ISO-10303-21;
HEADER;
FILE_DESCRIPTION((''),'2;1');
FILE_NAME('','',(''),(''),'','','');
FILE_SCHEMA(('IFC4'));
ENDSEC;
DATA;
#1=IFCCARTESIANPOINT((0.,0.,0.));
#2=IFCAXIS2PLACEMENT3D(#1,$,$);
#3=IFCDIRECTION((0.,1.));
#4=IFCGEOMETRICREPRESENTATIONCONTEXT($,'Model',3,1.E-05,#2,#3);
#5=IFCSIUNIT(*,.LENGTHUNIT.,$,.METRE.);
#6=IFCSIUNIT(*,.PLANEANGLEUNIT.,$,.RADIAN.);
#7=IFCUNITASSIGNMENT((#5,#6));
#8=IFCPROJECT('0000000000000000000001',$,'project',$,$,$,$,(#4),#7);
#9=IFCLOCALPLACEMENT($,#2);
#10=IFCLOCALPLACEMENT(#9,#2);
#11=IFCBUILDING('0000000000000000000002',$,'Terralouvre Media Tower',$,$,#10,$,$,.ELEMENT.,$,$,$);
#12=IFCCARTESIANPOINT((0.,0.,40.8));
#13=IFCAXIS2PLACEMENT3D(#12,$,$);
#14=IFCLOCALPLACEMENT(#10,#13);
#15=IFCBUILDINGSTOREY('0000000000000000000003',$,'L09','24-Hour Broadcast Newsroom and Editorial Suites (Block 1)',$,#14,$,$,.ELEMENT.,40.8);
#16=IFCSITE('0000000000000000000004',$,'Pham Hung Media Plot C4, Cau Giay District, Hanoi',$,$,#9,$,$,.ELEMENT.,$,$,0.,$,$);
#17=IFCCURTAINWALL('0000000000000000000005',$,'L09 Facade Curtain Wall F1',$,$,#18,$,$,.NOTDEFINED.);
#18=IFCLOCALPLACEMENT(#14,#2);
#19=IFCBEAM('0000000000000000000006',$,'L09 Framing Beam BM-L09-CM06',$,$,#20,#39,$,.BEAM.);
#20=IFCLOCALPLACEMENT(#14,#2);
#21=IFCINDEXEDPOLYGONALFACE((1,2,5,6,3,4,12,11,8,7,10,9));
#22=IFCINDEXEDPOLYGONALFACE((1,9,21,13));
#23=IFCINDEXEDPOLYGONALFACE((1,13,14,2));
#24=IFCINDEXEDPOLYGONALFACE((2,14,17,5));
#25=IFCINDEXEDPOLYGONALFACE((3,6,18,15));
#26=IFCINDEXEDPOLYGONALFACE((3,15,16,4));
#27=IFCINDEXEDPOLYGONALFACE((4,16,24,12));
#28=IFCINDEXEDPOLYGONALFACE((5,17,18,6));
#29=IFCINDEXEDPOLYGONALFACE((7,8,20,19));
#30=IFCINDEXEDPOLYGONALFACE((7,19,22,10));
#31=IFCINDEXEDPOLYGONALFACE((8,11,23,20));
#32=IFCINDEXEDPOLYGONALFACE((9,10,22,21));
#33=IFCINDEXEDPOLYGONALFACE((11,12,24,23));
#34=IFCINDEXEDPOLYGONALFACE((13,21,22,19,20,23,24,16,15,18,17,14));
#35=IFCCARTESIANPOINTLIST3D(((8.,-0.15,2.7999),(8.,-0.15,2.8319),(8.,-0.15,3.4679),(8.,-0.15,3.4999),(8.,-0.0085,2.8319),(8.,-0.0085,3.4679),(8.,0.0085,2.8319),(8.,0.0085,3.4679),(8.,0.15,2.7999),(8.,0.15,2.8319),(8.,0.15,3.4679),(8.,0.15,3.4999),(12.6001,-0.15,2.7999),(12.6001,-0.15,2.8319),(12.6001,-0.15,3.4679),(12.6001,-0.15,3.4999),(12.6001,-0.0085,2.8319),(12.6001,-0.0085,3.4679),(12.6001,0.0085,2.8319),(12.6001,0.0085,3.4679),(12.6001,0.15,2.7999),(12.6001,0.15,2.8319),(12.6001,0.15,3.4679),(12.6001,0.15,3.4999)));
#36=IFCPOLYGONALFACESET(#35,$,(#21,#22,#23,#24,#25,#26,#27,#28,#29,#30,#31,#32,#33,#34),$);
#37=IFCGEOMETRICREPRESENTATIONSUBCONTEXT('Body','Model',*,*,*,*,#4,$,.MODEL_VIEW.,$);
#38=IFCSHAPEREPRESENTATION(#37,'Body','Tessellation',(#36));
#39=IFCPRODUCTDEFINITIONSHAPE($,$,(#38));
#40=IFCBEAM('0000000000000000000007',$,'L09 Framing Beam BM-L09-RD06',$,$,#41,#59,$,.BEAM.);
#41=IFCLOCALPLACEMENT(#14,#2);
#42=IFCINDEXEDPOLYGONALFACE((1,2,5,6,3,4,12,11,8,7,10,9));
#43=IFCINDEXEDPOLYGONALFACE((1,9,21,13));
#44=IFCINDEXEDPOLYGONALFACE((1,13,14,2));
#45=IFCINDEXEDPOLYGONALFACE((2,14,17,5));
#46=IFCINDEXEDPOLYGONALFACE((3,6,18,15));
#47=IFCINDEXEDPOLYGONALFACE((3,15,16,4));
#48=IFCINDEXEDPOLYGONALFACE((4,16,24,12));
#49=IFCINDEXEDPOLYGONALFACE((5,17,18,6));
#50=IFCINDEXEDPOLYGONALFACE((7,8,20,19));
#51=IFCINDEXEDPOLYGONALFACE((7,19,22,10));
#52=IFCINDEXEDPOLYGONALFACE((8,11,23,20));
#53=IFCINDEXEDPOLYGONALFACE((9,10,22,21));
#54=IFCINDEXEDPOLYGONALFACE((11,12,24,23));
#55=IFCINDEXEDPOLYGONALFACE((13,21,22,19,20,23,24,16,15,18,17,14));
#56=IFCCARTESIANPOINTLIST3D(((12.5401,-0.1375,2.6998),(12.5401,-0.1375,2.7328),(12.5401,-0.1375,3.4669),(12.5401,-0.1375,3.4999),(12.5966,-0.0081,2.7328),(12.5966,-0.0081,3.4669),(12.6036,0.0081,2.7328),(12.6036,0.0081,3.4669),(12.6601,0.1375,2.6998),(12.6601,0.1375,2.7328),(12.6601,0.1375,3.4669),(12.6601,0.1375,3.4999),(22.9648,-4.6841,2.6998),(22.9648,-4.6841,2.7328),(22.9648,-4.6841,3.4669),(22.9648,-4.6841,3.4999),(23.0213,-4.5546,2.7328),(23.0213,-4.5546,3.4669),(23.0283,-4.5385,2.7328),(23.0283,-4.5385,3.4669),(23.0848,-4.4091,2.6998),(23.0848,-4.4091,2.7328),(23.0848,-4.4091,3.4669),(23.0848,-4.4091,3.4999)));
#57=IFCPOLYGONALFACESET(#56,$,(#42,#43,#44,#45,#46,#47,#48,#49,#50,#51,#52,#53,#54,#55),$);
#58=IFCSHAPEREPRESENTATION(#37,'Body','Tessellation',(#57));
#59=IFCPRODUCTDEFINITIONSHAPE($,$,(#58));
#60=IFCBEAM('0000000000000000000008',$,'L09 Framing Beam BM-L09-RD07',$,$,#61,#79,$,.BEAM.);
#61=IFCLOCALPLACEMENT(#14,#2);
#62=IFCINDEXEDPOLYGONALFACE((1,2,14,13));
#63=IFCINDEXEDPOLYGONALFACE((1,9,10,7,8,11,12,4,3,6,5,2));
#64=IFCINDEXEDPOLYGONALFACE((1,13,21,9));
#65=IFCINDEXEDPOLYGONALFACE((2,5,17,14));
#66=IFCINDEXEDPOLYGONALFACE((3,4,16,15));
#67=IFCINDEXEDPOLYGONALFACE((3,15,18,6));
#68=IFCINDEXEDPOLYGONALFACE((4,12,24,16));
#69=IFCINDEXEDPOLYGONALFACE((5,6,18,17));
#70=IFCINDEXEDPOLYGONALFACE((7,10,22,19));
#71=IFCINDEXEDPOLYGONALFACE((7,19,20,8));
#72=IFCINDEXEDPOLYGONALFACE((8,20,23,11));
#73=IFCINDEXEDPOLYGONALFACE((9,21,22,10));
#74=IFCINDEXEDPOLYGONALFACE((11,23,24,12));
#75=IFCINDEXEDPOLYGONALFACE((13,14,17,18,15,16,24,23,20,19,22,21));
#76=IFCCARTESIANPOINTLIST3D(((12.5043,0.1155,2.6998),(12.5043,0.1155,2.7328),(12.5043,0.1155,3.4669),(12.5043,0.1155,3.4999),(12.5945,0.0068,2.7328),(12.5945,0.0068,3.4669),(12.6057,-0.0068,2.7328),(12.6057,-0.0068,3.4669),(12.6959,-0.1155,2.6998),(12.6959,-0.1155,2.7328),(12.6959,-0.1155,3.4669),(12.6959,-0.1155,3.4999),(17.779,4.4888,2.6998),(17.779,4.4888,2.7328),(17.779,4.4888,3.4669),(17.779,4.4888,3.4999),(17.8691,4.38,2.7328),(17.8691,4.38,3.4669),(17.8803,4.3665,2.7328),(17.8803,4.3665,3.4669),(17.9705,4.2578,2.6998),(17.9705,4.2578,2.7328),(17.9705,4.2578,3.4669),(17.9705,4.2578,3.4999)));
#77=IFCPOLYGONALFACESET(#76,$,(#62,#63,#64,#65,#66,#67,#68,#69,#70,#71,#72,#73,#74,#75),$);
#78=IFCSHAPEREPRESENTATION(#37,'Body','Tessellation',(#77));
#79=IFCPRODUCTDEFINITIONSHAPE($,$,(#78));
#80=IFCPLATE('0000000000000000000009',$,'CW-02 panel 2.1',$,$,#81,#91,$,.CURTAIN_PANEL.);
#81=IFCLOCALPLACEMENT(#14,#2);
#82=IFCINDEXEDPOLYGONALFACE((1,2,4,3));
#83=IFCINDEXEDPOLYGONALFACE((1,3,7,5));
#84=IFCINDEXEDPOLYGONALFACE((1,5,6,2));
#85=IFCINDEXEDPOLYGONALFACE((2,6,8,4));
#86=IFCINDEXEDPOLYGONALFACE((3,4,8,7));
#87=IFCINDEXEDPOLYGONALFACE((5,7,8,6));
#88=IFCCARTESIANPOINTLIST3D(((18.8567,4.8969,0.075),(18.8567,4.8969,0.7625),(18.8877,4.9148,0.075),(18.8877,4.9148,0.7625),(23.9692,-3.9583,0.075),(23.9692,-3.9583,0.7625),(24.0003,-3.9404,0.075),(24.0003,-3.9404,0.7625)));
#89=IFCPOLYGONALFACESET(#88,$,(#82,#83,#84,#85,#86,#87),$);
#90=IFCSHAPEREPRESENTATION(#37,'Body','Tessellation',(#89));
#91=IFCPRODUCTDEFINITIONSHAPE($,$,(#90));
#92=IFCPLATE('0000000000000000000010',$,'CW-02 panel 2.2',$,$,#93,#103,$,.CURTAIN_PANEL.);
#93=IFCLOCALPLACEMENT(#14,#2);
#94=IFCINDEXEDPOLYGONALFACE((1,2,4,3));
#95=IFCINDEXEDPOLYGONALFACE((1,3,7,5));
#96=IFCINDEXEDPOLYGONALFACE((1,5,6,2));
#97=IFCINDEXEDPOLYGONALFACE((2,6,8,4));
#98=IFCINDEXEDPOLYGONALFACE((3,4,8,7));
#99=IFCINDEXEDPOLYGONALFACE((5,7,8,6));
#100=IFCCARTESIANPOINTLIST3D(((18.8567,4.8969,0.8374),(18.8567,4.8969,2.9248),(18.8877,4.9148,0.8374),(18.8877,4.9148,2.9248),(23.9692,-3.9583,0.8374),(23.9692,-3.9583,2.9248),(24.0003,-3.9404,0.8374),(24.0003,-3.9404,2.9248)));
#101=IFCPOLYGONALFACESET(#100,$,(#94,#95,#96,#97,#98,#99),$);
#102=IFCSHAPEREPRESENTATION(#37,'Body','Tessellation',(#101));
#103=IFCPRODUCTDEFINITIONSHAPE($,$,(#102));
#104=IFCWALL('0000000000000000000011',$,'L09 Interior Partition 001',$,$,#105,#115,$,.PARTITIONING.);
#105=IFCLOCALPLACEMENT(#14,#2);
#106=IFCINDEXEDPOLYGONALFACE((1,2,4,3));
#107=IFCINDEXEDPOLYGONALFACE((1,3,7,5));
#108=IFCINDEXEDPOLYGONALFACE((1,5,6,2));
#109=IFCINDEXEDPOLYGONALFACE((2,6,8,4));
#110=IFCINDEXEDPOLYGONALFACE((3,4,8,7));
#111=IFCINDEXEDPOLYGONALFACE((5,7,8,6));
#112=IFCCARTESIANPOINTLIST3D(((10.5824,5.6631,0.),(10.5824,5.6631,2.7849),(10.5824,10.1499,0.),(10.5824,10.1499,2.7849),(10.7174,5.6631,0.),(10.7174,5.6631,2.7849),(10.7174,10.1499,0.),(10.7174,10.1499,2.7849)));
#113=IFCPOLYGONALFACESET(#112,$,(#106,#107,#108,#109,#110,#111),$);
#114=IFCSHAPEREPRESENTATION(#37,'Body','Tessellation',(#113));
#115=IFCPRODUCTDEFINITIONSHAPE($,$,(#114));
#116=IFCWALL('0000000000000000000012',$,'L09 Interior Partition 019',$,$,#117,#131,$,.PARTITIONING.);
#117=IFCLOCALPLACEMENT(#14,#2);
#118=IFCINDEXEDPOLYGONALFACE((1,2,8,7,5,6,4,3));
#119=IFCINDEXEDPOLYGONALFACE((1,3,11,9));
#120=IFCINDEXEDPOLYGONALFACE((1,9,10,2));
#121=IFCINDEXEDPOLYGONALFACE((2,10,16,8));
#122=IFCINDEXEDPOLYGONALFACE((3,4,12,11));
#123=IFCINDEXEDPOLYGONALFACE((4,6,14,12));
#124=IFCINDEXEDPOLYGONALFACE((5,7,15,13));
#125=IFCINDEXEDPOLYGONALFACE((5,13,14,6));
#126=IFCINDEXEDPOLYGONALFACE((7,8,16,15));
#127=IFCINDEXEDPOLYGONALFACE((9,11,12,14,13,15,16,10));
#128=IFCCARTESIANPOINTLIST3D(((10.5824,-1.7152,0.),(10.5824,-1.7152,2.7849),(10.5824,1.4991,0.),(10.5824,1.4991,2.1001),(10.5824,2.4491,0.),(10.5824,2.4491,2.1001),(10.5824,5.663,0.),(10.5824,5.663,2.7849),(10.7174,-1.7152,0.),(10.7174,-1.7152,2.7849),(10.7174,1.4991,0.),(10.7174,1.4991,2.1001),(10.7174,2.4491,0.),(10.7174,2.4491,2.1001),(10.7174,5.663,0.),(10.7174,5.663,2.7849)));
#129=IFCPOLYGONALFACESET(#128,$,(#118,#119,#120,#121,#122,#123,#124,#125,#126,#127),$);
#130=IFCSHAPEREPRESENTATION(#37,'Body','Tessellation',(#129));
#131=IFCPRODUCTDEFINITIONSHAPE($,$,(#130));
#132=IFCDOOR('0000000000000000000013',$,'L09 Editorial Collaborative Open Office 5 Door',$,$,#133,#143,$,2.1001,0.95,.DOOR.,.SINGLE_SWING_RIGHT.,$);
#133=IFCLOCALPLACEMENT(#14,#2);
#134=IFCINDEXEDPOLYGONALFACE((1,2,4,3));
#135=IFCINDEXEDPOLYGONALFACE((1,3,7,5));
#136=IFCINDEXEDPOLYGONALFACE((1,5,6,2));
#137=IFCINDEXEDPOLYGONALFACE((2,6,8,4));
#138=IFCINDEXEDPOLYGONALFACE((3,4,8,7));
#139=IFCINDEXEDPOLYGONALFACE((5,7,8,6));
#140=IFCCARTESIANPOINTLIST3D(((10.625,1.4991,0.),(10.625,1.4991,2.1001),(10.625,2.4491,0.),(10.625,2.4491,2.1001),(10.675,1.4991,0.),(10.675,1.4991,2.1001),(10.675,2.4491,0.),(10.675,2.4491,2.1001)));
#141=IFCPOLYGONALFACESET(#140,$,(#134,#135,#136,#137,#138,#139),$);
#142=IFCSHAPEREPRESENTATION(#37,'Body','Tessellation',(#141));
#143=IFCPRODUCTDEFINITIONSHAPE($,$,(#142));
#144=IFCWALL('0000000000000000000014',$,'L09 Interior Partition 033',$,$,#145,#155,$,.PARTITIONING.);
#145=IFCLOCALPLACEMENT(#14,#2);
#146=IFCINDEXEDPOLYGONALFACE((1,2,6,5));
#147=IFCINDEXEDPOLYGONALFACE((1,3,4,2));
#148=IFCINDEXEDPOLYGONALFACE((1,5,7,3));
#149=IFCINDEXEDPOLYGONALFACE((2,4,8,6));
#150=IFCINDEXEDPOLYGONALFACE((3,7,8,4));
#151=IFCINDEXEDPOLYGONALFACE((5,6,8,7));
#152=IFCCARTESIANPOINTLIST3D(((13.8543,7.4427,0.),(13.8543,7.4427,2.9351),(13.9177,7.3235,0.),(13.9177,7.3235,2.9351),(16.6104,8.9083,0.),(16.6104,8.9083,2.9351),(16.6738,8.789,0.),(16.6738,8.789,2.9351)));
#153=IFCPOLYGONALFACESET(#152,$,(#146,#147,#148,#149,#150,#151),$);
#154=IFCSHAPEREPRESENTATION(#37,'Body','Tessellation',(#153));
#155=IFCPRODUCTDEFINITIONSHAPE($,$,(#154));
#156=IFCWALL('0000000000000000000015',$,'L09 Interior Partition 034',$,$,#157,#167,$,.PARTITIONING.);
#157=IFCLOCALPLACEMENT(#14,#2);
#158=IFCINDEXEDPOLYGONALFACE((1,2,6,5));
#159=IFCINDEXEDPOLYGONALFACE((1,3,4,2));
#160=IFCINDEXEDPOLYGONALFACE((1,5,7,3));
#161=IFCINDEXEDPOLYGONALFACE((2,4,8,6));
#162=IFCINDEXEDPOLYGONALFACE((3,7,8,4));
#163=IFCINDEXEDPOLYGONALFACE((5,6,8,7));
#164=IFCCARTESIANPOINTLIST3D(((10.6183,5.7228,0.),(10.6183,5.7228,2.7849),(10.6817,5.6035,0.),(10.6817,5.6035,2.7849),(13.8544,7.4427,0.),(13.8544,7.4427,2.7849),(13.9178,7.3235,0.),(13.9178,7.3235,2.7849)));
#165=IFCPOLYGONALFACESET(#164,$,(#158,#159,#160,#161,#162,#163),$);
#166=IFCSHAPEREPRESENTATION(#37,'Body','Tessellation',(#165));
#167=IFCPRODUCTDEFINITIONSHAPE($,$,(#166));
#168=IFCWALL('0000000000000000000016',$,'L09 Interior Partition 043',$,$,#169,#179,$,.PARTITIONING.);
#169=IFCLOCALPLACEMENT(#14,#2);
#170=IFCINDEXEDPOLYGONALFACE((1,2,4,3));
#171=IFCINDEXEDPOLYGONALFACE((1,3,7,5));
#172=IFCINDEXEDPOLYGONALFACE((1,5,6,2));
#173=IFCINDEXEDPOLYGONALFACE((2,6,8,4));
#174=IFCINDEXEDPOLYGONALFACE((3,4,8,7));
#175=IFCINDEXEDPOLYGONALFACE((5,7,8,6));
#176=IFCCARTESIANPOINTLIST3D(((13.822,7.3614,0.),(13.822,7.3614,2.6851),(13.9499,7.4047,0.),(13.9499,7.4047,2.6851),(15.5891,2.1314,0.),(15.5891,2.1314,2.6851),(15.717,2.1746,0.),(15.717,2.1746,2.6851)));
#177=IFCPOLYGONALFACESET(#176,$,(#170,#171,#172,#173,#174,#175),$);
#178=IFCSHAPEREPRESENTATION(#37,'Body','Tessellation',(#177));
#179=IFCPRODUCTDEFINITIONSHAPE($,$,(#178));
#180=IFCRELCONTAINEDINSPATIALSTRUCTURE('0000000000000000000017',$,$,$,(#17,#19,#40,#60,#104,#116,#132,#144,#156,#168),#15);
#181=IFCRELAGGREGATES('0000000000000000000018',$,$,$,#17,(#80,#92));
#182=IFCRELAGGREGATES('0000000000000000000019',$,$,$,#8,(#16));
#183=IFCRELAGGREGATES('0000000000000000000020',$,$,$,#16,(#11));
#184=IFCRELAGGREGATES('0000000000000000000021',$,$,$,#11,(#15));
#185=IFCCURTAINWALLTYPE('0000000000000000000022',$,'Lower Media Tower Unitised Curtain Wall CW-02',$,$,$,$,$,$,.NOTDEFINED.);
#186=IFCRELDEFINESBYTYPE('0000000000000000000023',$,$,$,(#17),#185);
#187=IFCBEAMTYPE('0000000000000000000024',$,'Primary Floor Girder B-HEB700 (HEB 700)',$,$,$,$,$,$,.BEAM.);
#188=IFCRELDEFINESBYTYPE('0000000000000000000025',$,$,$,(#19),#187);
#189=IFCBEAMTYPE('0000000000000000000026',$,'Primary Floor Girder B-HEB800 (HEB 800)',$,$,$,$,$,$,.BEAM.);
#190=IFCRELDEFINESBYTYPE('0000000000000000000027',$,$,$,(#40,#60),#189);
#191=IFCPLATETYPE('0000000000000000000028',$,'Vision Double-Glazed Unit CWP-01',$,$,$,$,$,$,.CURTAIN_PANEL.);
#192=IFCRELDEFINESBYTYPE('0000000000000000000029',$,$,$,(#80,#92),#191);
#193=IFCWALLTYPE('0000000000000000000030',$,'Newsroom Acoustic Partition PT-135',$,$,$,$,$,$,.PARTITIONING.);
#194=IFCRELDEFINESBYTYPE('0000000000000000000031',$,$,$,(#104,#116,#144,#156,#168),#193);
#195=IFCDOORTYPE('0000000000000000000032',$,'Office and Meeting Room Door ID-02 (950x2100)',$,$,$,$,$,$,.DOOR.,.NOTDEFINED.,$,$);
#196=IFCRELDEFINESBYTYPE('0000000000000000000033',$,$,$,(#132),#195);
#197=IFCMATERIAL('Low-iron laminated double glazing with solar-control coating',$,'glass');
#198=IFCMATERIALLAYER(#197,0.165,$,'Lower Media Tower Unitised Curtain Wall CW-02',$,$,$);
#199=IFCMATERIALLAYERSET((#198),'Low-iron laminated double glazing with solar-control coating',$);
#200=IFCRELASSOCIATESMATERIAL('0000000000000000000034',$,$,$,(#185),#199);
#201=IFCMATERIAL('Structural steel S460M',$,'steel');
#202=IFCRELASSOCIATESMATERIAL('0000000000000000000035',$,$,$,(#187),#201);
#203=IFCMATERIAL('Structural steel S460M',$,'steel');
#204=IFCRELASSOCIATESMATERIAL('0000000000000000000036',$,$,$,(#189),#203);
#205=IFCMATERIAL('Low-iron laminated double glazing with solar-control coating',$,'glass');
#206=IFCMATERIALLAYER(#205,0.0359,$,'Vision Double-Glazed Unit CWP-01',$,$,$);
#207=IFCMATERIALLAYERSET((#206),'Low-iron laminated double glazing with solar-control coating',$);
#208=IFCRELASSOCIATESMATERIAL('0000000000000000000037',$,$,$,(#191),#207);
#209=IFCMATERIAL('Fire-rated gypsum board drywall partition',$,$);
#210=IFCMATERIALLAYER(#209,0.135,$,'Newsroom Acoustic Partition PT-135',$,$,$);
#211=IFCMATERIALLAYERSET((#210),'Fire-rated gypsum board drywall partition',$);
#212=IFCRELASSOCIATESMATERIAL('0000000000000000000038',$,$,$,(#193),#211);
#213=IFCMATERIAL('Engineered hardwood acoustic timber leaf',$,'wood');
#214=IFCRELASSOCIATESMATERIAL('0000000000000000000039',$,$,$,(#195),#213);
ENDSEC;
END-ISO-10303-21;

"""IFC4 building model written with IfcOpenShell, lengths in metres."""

from ifc_helpers import new_model, si_unit, direction, frame, frame_2d, origin, origin_2d, place, context, subcontext, project, spatial, rectangle, i_section, extrude, material, layer, layer_set, material_profile, profile_set, type_object, element, fill, aggregate, save


model = new_model("IFC4")

# Units and contexts
model_context = context("Model", 3, precision=1e-05, world=origin(), true_north=direction((0.0, 1.0)))
body_context = subcontext(model_context, "Body", "Model", "MODEL_VIEW")
ifc_project = project(units=[si_unit("LENGTHUNIT", "METRE"), si_unit("PLANEANGLEUNIT", "RADIAN")], contexts=[model_context])

# Site, building, storey
site_placement = place(None, origin())
site = spatial("IfcSite", under=ifc_project, at=site_placement, Name="Pham Hung Media Plot C4, Cau Giay District, Hanoi", CompositionType="ELEMENT", RefElevation=0.0)
building_placement = place(site_placement, origin())
building = spatial("IfcBuilding", under=site, at=building_placement, Name="Terralouvre Media Tower", CompositionType="ELEMENT")
storey_placement = place(building_placement, frame((0.0, 0.0, 40.8)))
storey = spatial("IfcBuildingStorey", under=building, at=storey_placement, Name="L09", Description="24-Hour Broadcast Newsroom and Editorial Suites (Block 1)", CompositionType="ELEMENT", Elevation=40.8)

# Curtain wall
ifc_material_1 = material(Name="Low-iron laminated double glazing with solar-control coating", Category="glass")
ifc_layer_1 = layer(ifc_material_1, 0.165, Name="Lower Media Tower Unitised Curtain Wall CW-02")
ifc_layer_set_1 = layer_set([ifc_layer_1], Name="Low-iron laminated double glazing with solar-control coating")
curtain_wall_type = type_object("IfcCurtainWallType", Name="Lower Media Tower Unitised Curtain Wall CW-02", PredefinedType="NOTDEFINED", material=ifc_layer_set_1)
curtain_wall_placement = place(storey_placement, origin())
curtain_wall = element("IfcCurtainWall", 1, at=curtain_wall_placement, inside=storey, type_object=curtain_wall_type, Name="L09 Facade Curtain Wall F1", PredefinedType="NOTDEFINED")

# Beams
ifc_material_2 = material(Name="Structural steel S460M", Category="steel")
ifc_material_profile_1 = material_profile(ifc_material_2, i_section(OverallWidth=0.3, OverallDepth=0.7, WebThickness=0.0171, FlangeThickness=0.032, at=origin_2d()), Name="HEB 700")
ifc_profile_set_1 = profile_set([ifc_material_profile_1], Name="Structural steel S460M")
beam_type_1 = type_object("IfcBeamType", Name="Primary Floor Girder B-HEB700 (HEB 700)", PredefinedType="BEAM", material=ifc_profile_set_1)
beam_1_placement = place(storey_placement, frame((8.0, 0.0, 3.1499), z_axis=(1.0, 0.0, 0.0), x_axis=(0.0, 1.0, 0.0)))
element("IfcBeam", 2, at=beam_1_placement, inside=storey, type_object=beam_type_1, Name="L09 Framing Beam BM-L09-CM06", PredefinedType="BEAM", context=body_context, shape_type="SweptSolid", body=[
    extrude(i_section(OverallWidth=0.3, OverallDepth=0.7, WebThickness=0.0171, FlangeThickness=0.032, at=origin_2d()), origin(), (0.0, 0.0, 1.0), 4.6001),
])
ifc_material_3 = material(Name="Structural steel S460M", Category="steel")
ifc_material_profile_2 = material_profile(ifc_material_3, i_section(OverallWidth=0.3, OverallDepth=0.8, WebThickness=0.0176, FlangeThickness=0.033, at=origin_2d()), Name="HEB 800")
ifc_profile_set_2 = profile_set([ifc_material_profile_2], Name="Structural steel S460M")
beam_type_2 = type_object("IfcBeamType", Name="Primary Floor Girder B-HEB800 (HEB 800)", PredefinedType="BEAM", material=ifc_profile_set_2)
beam_2_placement = place(storey_placement, frame((12.6001, 0.0, 3.0999), z_axis=(0.916616, -0.399769, 0.0), x_axis=(0.399769, 0.916616, 0.0)))
element("IfcBeam", 3, at=beam_2_placement, inside=storey, type_object=beam_type_2, Name="L09 Framing Beam BM-L09-RD06", PredefinedType="BEAM", context=body_context, shape_type="SweptSolid", body=[
    extrude(i_section(OverallWidth=0.3, OverallDepth=0.8, WebThickness=0.0176, FlangeThickness=0.033, at=origin_2d()), origin(), (0.0, 0.0, 1.0), 11.373),
])
beam_3_placement = place(storey_placement, frame((12.6001, 0.0, 3.0999), z_axis=(0.769816, 0.638265, 0.0), x_axis=(-0.638265, 0.769816, 0.0)))
element("IfcBeam", 4, at=beam_3_placement, inside=storey, type_object=beam_type_2, Name="L09 Framing Beam BM-L09-RD07", PredefinedType="BEAM", context=body_context, shape_type="SweptSolid", body=[
    extrude(i_section(OverallWidth=0.3, OverallDepth=0.8, WebThickness=0.0176, FlangeThickness=0.033, at=origin_2d()), origin(), (0.0, 0.0, 1.0), 6.8518),
])

# Plates
ifc_material_4 = material(Name="Low-iron laminated double glazing with solar-control coating", Category="glass")
ifc_layer_2 = layer(ifc_material_4, 0.0359, Name="Vision Double-Glazed Unit CWP-01")
ifc_layer_set_2 = layer_set([ifc_layer_2], Name="Low-iron laminated double glazing with solar-control coating")
plate_type = type_object("IfcPlateType", Name="Vision Double-Glazed Unit CWP-01", PredefinedType="CURTAIN_PANEL", material=ifc_layer_set_2)
plate_1_placement = place(storey_placement, frame((21.4285, 0.4783, 0.075), z_axis=(0.0, 0.0, 1.0), x_axis=(-0.5, 0.866025, 0.0)))
plate_1 = element("IfcPlate", 5, at=plate_1_placement, type_object=plate_type, Name="CW-02 panel 2.1", PredefinedType="CURTAIN_PANEL", context=body_context, shape_type="SweptSolid", body=[
    extrude(rectangle(XDim=10.2251, YDim=0.0359, at=origin_2d()), origin(), (0.0, 0.0, 1.0), 0.6875),
])
plate_2_placement = place(storey_placement, frame((21.4285, 0.4783, 0.8374), z_axis=(0.0, 0.0, 1.0), x_axis=(-0.5, 0.866025, 0.0)))
plate_2 = element("IfcPlate", 6, at=plate_2_placement, type_object=plate_type, Name="CW-02 panel 2.2", PredefinedType="CURTAIN_PANEL", context=body_context, shape_type="SweptSolid", body=[
    extrude(rectangle(XDim=10.2251, YDim=0.0359, at=origin_2d()), origin(), (0.0, 0.0, 1.0), 2.0874),
])
aggregate(curtain_wall, [plate_1, plate_2])

# Wall
ifc_material_5 = material(Name="Fire-rated gypsum board drywall partition")
ifc_layer_3 = layer(ifc_material_5, 0.135, Name="Newsroom Acoustic Partition PT-135")
ifc_layer_set_3 = layer_set([ifc_layer_3], Name="Fire-rated gypsum board drywall partition")
wall_type = type_object("IfcWallType", Name="Newsroom Acoustic Partition PT-135", PredefinedType="PARTITIONING", material=ifc_layer_set_3)
wall_1_placement = place(storey_placement, frame((10.6499, 5.6631, 0.0), z_axis=(0.0, 0.0, 1.0), x_axis=(0.0, 1.0, 0.0)))
element("IfcWall", 7, at=wall_1_placement, inside=storey, type_object=wall_type, Name="L09 Interior Partition 001", PredefinedType="PARTITIONING", context=body_context, shape_type="SweptSolid", body=[
    extrude(rectangle(XDim=4.4868, YDim=0.135, at=frame_2d((2.2434, 0.0))), origin(), (0.0, 0.0, 1.0), 2.7849),
])

# Wall, opening, door
wall_2_placement = place(storey_placement, frame((10.6499, -1.7151, 0.0), z_axis=(0.0, 0.0, 1.0), x_axis=(0.0, 1.0, 0.0)))
wall_2 = element("IfcWall", 8, at=wall_2_placement, inside=storey, type_object=wall_type, Name="L09 Interior Partition 019", PredefinedType="PARTITIONING", context=body_context, shape_type="SweptSolid", body=[
    extrude(rectangle(XDim=7.3782, YDim=0.135, at=frame_2d((3.689, 0.0))), origin(), (0.0, 0.0, 1.0), 2.7849),
])
opening_placement = place(wall_2_placement, frame((3.2141, 0.0, 0.0)))
opening = element("IfcOpeningElement", 9, at=opening_placement, cuts=wall_2, PredefinedType="OPENING", context=body_context, shape_type="SweptSolid", body=[
    extrude(rectangle(XDim=0.95, YDim=2.1001, at=frame_2d((0.4751, 1.05))), frame((0.0, 0.0774, 0.0), z_axis=(0.0, -1.0, 0.0), x_axis=(1.0, 0.0, 0.0)), (0.0, 0.0, 1.0), 0.155),
])
ifc_material_6 = material(Name="Engineered hardwood acoustic timber leaf", Category="wood")
door_type = type_object("IfcDoorType", Name="Office and Meeting Room Door ID-02 (950x2100)", OperationType="NOTDEFINED", PredefinedType="DOOR", material=ifc_material_6)
door_placement = place(opening_placement, origin())
door = element("IfcDoor", 10, at=door_placement, inside=storey, type_object=door_type, Name="L09 Editorial Collaborative Open Office 5 Door", OperationType="SINGLE_SWING_RIGHT", OverallHeight=2.1001, OverallWidth=0.95, PredefinedType="DOOR", context=body_context, shape_type="SweptSolid", body=[
    extrude(rectangle(XDim=0.95, YDim=2.1001, at=frame_2d((0.4751, 1.05))), frame((0.0, 0.0249, 0.0), z_axis=(0.0, -1.0, 0.0), x_axis=(1.0, 0.0, 0.0)), (0.0, 0.0, 1.0), 0.05),
])
fill(opening, door)

# Walls
wall_3_placement = place(storey_placement, frame((13.886, 7.3831, 0.0), z_axis=(0.0, 0.0, 1.0), x_axis=(0.88293, 0.469504, 0.0)))
element("IfcWall", 11, at=wall_3_placement, inside=storey, type_object=wall_type, Name="L09 Interior Partition 033", PredefinedType="PARTITIONING", context=body_context, shape_type="SweptSolid", body=[
    extrude(rectangle(XDim=3.1216, YDim=0.135, at=frame_2d((1.5608, 0.0))), origin(), (0.0, 0.0, 1.0), 2.9351),
])
wall_4_placement = place(storey_placement, frame((10.6499, 5.6631, 0.0), z_axis=(0.0, 0.0, 1.0), x_axis=(0.883025, 0.469326, 0.0)))
element("IfcWall", 12, at=wall_4_placement, inside=storey, type_object=wall_type, Name="L09 Interior Partition 034", PredefinedType="PARTITIONING", context=body_context, shape_type="SweptSolid", body=[
    extrude(rectangle(XDim=3.6648, YDim=0.135, at=frame_2d((1.8325, 0.0))), origin(), (0.0, 0.0, 1.0), 2.7849),
])
wall_5_placement = place(storey_placement, frame((13.886, 7.3831, 0.0), z_axis=(0.0, 0.0, 1.0), x_axis=(0.320099, -0.947384, 0.0)))
element("IfcWall", 13, at=wall_5_placement, inside=storey, type_object=wall_type, Name="L09 Interior Partition 043", PredefinedType="PARTITIONING", context=body_context, shape_type="SweptSolid", body=[
    extrude(rectangle(XDim=5.5205, YDim=0.135, at=frame_2d((2.7603, 0.0))), origin(), (0.0, 0.0, 1.0), 2.6851),
])

save(model, "model.ifc")
